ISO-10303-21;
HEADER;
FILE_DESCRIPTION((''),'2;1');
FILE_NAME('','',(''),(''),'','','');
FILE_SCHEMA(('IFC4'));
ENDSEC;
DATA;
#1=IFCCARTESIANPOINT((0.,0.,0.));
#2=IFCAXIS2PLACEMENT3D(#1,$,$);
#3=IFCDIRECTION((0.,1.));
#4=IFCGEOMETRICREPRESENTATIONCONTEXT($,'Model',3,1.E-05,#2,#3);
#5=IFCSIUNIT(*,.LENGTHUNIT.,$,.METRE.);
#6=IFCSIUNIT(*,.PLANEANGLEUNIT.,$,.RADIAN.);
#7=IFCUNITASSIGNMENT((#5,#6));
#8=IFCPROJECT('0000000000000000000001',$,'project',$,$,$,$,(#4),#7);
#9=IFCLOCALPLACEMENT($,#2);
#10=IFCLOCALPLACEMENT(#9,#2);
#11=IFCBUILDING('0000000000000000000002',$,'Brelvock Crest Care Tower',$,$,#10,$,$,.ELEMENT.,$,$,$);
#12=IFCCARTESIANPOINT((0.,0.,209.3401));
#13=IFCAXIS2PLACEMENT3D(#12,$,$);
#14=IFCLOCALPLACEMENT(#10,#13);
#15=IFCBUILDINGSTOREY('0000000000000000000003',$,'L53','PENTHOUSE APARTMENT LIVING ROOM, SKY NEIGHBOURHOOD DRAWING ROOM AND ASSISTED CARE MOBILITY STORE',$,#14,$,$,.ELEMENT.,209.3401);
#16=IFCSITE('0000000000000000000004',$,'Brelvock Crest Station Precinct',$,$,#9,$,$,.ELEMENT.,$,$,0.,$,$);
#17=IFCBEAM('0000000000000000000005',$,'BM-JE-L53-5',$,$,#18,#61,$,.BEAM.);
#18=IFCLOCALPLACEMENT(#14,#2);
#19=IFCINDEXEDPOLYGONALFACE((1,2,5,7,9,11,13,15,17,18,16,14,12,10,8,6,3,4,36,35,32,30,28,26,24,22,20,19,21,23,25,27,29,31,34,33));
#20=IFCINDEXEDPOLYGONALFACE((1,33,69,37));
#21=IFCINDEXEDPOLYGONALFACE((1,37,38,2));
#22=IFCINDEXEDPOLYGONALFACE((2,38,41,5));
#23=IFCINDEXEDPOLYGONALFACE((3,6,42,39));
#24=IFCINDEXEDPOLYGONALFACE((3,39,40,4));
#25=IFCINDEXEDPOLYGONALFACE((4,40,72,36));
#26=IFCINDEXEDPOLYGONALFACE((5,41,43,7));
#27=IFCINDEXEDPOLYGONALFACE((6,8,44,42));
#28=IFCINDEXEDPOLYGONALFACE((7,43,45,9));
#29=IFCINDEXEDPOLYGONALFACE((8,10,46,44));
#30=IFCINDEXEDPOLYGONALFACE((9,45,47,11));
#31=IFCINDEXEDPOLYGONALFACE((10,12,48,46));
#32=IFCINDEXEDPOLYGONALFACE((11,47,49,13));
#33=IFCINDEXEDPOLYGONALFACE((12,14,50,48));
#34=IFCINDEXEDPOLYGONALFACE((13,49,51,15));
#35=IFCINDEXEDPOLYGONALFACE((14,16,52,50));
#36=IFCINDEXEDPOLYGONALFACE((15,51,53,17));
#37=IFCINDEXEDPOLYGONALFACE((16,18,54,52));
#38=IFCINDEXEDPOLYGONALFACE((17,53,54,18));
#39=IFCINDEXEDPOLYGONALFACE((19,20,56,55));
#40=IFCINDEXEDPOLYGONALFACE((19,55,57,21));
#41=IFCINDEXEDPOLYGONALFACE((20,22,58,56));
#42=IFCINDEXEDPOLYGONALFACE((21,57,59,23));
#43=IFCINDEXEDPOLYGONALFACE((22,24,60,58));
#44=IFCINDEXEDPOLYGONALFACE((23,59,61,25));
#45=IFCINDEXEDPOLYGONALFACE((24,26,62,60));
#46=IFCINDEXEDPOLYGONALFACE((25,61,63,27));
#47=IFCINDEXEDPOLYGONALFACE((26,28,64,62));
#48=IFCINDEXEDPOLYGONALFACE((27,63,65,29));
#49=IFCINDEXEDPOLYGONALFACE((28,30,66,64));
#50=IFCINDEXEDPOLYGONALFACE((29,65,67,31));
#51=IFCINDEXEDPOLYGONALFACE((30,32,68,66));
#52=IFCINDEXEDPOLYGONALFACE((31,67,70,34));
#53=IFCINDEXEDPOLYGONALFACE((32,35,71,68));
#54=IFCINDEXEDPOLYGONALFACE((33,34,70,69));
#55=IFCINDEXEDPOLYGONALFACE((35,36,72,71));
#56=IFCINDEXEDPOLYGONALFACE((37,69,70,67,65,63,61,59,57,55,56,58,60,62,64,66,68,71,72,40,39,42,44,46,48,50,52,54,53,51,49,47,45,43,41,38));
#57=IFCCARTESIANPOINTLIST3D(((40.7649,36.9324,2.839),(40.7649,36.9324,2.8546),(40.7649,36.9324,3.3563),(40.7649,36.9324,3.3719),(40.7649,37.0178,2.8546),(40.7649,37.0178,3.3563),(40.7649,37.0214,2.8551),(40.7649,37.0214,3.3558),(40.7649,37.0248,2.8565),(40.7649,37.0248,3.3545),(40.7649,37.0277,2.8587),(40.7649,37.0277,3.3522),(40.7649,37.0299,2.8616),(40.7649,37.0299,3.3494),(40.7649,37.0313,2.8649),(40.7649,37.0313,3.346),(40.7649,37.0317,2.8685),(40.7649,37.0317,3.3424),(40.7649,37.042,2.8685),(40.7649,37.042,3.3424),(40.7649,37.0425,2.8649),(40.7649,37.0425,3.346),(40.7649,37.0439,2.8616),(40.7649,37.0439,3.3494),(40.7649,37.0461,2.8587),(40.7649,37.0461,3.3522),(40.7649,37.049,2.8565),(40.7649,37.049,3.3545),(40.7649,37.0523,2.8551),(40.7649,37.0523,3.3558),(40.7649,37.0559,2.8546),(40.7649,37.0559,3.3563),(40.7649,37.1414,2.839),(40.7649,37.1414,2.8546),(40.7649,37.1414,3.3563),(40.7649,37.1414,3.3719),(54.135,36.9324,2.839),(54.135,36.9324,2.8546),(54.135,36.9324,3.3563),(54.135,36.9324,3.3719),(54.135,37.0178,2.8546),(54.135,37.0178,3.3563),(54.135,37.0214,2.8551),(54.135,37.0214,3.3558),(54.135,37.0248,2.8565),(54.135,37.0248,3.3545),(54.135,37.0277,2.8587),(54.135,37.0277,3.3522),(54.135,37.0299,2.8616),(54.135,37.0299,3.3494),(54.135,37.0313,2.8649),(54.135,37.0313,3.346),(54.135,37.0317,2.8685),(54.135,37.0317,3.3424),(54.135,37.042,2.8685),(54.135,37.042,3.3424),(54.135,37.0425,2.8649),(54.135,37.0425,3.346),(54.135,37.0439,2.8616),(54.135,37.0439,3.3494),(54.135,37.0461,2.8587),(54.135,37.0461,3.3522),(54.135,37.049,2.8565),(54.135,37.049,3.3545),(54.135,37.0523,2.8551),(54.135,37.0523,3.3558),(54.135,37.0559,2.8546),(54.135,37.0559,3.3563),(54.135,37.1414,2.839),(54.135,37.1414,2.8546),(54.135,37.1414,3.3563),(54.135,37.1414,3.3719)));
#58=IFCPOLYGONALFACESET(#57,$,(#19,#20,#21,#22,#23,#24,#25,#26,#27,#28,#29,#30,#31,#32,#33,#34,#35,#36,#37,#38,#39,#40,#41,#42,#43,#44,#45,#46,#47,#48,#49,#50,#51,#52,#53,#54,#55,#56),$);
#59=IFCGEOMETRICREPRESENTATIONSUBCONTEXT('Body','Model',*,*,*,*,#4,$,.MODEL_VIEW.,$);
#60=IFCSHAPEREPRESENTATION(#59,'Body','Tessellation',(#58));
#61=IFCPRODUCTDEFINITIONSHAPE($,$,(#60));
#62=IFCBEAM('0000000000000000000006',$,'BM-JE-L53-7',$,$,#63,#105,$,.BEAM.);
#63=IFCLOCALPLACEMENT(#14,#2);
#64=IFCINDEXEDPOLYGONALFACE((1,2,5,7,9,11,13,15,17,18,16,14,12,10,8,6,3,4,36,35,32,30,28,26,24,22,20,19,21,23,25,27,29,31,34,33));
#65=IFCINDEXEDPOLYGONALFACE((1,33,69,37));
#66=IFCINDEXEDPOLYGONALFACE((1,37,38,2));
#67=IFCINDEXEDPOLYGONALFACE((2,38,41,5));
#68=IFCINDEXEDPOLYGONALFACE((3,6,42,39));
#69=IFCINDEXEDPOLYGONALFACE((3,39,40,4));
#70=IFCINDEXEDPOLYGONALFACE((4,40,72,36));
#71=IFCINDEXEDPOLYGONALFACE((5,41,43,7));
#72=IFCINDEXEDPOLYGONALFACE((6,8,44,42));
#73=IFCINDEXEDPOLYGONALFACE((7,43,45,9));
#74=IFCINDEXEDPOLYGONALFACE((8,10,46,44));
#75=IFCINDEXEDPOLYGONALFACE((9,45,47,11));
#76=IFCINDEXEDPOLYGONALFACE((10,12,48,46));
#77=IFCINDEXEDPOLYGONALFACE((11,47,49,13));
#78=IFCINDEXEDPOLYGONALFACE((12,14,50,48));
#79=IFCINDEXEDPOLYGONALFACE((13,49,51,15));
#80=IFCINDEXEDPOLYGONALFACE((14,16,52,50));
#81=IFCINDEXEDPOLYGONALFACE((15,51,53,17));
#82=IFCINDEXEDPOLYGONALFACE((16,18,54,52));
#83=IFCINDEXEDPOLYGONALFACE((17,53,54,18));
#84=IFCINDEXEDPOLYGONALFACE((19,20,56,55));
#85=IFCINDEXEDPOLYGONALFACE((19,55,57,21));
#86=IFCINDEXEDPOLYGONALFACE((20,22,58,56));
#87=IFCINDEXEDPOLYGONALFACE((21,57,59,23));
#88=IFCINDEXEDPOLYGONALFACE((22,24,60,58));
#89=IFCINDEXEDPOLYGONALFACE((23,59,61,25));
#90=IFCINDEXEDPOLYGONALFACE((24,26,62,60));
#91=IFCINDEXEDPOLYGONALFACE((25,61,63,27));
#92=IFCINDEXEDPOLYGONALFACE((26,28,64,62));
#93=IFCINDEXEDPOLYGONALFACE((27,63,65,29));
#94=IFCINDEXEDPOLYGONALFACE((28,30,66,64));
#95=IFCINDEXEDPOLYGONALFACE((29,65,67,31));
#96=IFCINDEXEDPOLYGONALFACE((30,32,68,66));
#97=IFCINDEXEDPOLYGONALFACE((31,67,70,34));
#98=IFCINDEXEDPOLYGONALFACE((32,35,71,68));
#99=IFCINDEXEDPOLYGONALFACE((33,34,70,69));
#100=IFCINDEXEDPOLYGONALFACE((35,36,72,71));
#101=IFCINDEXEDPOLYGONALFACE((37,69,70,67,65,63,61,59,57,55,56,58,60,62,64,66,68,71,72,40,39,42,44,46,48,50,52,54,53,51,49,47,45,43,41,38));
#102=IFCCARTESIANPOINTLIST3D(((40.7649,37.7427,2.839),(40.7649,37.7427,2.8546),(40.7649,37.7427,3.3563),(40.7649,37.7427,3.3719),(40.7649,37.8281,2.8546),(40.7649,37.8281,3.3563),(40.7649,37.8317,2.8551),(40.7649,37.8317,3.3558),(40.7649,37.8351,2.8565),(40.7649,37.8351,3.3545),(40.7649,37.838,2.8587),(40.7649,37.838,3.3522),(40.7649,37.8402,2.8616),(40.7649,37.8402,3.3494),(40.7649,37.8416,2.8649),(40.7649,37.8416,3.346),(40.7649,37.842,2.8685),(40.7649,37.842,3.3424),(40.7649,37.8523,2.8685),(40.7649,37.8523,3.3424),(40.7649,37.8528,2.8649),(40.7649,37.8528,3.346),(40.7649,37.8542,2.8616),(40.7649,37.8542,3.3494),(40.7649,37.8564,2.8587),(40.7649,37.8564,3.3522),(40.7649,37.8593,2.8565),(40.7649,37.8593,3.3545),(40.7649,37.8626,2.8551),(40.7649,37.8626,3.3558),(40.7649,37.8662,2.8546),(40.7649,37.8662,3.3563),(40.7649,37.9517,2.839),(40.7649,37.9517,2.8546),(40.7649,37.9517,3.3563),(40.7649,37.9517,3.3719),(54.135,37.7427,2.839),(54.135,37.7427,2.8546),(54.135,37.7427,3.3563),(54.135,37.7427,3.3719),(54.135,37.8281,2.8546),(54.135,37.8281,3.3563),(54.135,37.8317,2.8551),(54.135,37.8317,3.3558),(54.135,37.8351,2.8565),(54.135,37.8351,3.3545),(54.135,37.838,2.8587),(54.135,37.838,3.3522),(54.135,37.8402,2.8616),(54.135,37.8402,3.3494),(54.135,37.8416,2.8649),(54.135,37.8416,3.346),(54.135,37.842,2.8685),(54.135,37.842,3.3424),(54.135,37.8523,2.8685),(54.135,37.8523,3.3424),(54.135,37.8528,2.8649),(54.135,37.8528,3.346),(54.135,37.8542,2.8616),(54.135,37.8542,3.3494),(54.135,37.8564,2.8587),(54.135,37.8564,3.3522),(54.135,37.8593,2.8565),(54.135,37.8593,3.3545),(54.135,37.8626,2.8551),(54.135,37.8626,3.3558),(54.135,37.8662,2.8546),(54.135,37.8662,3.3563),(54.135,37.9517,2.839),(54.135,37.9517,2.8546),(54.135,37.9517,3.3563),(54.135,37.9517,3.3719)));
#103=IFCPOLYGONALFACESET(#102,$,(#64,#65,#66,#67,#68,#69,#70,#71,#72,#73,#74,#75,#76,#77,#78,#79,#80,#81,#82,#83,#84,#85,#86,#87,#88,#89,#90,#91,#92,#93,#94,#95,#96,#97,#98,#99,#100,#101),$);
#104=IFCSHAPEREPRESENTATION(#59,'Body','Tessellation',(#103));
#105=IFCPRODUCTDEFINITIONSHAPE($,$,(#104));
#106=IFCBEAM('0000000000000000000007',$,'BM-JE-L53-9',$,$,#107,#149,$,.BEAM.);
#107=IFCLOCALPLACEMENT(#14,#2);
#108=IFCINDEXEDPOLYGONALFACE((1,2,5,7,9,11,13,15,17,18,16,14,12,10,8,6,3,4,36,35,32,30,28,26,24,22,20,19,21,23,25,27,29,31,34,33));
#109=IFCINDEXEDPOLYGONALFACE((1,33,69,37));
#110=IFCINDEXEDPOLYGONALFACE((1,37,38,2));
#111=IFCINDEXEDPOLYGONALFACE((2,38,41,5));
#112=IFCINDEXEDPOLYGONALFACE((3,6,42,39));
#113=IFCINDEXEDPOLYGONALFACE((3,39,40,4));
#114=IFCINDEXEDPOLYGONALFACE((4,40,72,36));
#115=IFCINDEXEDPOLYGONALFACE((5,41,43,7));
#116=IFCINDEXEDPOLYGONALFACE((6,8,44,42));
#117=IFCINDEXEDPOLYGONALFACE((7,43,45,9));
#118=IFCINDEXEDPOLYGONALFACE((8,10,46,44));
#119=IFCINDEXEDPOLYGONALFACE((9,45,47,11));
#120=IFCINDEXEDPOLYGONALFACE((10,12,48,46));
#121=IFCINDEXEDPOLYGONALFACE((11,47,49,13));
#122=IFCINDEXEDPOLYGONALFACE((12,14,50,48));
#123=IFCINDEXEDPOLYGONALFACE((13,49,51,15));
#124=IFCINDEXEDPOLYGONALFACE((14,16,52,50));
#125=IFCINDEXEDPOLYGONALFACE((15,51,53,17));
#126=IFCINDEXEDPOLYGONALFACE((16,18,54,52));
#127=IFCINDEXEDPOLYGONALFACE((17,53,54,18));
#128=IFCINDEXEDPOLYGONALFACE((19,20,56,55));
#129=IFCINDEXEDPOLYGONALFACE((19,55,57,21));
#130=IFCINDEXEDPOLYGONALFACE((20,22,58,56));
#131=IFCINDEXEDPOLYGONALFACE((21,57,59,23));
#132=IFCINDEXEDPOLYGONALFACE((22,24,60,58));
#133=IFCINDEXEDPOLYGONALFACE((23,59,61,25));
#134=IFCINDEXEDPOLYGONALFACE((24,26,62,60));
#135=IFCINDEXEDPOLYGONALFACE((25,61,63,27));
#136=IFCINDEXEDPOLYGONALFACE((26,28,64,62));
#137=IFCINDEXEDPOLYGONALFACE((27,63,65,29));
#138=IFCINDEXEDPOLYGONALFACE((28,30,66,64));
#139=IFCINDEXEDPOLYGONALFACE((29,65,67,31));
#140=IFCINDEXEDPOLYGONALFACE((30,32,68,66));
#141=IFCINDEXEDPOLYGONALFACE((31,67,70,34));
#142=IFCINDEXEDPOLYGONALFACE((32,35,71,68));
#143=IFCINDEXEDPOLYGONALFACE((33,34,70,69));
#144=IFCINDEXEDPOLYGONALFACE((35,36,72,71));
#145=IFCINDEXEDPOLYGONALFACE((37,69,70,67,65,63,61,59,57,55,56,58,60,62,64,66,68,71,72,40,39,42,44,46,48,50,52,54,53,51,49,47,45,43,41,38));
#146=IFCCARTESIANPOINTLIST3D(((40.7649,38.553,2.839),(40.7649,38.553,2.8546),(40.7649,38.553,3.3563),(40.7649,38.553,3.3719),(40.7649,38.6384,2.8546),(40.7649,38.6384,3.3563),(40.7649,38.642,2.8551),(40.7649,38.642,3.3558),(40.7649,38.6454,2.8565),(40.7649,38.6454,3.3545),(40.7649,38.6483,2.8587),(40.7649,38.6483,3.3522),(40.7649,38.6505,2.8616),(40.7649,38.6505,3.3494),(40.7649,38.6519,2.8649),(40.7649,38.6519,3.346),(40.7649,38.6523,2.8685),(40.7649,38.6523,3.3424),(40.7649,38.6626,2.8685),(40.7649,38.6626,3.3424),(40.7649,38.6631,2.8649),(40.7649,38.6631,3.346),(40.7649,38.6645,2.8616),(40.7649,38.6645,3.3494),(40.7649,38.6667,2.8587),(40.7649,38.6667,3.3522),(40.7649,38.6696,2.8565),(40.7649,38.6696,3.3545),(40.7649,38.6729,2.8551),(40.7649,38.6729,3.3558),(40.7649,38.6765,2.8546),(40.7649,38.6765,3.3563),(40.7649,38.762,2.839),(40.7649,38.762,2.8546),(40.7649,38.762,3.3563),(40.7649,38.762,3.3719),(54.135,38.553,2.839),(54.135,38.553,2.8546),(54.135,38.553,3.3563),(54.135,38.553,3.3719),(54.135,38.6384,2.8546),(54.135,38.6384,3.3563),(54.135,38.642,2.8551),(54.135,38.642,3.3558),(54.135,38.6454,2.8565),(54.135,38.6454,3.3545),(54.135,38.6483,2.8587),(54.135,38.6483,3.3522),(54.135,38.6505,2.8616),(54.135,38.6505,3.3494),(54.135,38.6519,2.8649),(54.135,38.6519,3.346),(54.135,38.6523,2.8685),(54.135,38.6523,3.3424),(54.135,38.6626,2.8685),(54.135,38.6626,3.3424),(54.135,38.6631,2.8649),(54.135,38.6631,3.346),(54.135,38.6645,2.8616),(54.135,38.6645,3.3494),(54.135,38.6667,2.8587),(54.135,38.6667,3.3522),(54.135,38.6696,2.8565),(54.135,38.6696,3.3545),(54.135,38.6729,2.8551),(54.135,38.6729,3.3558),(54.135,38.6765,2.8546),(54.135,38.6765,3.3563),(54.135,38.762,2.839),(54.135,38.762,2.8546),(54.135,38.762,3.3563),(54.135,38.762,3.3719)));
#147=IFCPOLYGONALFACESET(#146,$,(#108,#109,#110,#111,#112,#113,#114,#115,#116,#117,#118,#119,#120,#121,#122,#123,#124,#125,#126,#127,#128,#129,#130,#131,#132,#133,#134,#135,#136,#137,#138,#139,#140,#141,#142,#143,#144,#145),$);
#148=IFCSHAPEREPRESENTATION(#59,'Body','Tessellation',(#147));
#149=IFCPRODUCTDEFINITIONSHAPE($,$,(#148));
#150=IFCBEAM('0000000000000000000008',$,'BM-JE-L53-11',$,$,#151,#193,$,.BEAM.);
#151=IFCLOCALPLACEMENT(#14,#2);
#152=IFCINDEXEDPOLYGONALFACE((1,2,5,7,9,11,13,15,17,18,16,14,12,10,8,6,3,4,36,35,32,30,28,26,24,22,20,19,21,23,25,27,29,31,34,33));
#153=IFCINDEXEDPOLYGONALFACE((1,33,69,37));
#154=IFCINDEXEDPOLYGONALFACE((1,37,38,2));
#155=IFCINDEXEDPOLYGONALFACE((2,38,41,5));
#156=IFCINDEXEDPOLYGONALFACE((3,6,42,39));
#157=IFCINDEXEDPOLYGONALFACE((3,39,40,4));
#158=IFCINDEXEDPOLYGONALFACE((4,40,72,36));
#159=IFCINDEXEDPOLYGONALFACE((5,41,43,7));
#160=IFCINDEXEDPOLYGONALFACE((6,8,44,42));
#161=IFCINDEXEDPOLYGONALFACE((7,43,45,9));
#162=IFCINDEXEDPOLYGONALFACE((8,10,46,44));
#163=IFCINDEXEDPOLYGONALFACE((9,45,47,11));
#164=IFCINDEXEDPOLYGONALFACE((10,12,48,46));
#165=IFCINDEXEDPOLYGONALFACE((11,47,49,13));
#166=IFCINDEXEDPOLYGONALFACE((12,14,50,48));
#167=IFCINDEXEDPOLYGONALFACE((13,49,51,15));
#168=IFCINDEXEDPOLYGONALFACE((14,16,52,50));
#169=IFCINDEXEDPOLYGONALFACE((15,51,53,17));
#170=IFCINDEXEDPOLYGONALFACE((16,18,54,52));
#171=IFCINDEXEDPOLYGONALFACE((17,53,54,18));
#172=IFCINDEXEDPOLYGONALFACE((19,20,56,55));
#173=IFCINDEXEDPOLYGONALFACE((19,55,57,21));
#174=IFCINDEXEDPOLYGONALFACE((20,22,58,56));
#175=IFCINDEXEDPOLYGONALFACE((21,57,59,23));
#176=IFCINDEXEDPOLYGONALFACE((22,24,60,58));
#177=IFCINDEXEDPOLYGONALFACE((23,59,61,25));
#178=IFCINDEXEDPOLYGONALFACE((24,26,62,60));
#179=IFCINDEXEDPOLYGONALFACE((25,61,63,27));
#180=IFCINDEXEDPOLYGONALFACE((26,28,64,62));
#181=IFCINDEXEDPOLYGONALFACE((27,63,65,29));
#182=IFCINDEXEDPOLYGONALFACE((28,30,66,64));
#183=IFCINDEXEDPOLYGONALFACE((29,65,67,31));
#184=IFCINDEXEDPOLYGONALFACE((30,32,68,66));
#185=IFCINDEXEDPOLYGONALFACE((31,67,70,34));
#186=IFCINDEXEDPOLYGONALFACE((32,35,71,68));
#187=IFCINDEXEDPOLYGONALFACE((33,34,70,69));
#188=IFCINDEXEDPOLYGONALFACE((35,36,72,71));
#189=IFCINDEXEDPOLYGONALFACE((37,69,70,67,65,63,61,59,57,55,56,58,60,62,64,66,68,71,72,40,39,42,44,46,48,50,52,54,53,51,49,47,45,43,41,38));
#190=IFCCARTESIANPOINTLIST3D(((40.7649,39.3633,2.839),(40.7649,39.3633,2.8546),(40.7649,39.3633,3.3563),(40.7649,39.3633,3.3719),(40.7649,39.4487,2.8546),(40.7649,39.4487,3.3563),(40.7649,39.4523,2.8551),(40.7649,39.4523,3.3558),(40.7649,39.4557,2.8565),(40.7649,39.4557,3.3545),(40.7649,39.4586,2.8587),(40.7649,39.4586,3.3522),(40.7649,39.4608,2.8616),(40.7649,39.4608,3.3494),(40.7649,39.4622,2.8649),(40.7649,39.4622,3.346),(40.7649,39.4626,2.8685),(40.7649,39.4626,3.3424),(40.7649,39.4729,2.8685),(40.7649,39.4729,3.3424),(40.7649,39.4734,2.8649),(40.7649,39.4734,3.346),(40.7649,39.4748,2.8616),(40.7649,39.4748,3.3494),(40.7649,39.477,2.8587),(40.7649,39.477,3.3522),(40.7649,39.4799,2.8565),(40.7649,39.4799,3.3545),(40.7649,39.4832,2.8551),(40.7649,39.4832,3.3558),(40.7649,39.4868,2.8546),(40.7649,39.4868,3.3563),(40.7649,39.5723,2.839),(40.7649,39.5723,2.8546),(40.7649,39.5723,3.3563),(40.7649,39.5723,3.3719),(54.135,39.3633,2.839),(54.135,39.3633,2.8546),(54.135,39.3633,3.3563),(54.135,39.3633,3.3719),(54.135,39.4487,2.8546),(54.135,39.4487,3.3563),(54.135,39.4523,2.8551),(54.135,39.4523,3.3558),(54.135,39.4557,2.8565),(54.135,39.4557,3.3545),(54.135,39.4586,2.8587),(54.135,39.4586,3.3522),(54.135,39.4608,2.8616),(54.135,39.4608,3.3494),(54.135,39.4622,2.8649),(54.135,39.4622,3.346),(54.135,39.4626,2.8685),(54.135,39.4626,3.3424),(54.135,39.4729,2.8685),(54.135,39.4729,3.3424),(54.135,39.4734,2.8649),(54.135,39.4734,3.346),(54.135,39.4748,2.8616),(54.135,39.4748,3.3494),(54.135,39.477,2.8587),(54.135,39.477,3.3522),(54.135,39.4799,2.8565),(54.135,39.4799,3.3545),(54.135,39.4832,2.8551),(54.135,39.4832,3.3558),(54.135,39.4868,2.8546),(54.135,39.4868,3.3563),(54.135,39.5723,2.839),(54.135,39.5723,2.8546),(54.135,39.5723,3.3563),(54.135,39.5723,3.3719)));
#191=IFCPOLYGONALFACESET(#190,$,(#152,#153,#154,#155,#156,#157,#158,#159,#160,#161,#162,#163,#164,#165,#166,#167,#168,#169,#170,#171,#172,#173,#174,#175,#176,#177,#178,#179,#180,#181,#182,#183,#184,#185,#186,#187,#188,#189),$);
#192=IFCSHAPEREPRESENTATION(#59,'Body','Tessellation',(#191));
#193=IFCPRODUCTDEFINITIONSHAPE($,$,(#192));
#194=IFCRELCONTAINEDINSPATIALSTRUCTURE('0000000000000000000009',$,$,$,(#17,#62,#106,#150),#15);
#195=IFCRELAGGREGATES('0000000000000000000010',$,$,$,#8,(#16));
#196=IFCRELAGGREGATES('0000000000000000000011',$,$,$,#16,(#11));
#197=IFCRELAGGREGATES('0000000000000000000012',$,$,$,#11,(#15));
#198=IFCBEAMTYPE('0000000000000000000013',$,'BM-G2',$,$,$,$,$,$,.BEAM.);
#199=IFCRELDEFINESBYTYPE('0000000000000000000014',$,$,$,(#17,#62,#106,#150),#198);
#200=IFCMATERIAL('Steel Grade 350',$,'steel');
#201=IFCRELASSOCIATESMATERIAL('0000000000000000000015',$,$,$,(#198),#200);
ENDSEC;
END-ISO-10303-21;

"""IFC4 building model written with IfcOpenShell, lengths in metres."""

from ifc_helpers import new_model, si_unit, direction, frame, origin, origin_2d, place, context, subcontext, project, spatial, i_section, extrude, source, transform, mapped, material, material_profile, profile_set, type_object, element, save


model = new_model("IFC4")

# Units and contexts
model_context = context("Model", 3, precision=1e-05, world=origin(), true_north=direction((0.0, 1.0)))
body_context = subcontext(model_context, "Body", "Model", "MODEL_VIEW")
ifc_project = project(units=[si_unit("LENGTHUNIT", "METRE"), si_unit("PLANEANGLEUNIT", "RADIAN")], contexts=[model_context])

# Site, building, storey
site_placement = place(None, origin())
site = spatial("IfcSite", under=ifc_project, at=site_placement, Name="Brelvock Crest Station Precinct", CompositionType="ELEMENT", RefElevation=0.0)
building_placement = place(site_placement, origin())
building = spatial("IfcBuilding", under=site, at=building_placement, Name="Brelvock Crest Care Tower", CompositionType="ELEMENT")
storey_placement = place(building_placement, frame((0.0, 0.0, 209.3401)))
storey = spatial("IfcBuildingStorey", under=building, at=storey_placement, Name="L53", Description="PENTHOUSE APARTMENT LIVING ROOM, SKY NEIGHBOURHOOD DRAWING ROOM AND ASSISTED CARE MOBILITY STORE", CompositionType="ELEMENT", Elevation=209.3401)

# Beams
ifc_material_1 = material(Name="Steel Grade 350", Category="steel")
ifc_material_profile_1 = material_profile(ifc_material_1, i_section(OverallWidth=0.209, OverallDepth=0.533, WebThickness=0.0103, FlangeThickness=0.0156, FilletRadius=0.0139, at=origin_2d()), Name="530UB92.4")
ifc_profile_set_1 = profile_set([ifc_material_profile_1], Name="Steel Grade 350")
beam_type_1 = type_object("IfcBeamType", Name="BM-G2", PredefinedType="BEAM", material=ifc_profile_set_1)
shared_shape_1 = source(origin(), body_context, "Body", "SweptSolid", [
    extrude(i_section(OverallWidth=0.209, OverallDepth=0.533, WebThickness=0.0103, FlangeThickness=0.0156, FilletRadius=0.0139, at=origin_2d()), origin(), (0.0, 0.0, 1.0), 13.3701),
])
for number, where, z_axis, x_axis, name in (
    (1, (40.7649, 37.0369, 3.1055), (1.0, 0.0, 0.0), (0.0, 1.0, 0.0), "BM-JE-L53-5"),
    (2, (40.7649, 37.8472, 3.1055), (1.0, 0.0, 0.0), (0.0, 1.0, 0.0), "BM-JE-L53-7"),
    (3, (40.7649, 38.6575, 3.1055), (1.0, 0.0, 0.0), (0.0, 1.0, 0.0), "BM-JE-L53-9"),
    (4, (40.7649, 39.4678, 3.1055), (1.0, 0.0, 0.0), (0.0, 1.0, 0.0), "BM-JE-L53-11"),
):
    element("IfcBeam", number, at=place(storey_placement, frame(where, z_axis=z_axis, x_axis=x_axis)), inside=storey, type_object=beam_type_1, Name=name, PredefinedType="BEAM", context=body_context, shape_type="MappedRepresentation", body=[
        mapped(shared_shape_1, transform((0.0, 0.0, 0.0), x_axis=(1.0, 0.0, 0.0), y_axis=(0.0, 1.0, 0.0), z_axis=(0.0, 0.0, 1.0), scale=1.0)),
    ])

save(model, "model.ifc")
